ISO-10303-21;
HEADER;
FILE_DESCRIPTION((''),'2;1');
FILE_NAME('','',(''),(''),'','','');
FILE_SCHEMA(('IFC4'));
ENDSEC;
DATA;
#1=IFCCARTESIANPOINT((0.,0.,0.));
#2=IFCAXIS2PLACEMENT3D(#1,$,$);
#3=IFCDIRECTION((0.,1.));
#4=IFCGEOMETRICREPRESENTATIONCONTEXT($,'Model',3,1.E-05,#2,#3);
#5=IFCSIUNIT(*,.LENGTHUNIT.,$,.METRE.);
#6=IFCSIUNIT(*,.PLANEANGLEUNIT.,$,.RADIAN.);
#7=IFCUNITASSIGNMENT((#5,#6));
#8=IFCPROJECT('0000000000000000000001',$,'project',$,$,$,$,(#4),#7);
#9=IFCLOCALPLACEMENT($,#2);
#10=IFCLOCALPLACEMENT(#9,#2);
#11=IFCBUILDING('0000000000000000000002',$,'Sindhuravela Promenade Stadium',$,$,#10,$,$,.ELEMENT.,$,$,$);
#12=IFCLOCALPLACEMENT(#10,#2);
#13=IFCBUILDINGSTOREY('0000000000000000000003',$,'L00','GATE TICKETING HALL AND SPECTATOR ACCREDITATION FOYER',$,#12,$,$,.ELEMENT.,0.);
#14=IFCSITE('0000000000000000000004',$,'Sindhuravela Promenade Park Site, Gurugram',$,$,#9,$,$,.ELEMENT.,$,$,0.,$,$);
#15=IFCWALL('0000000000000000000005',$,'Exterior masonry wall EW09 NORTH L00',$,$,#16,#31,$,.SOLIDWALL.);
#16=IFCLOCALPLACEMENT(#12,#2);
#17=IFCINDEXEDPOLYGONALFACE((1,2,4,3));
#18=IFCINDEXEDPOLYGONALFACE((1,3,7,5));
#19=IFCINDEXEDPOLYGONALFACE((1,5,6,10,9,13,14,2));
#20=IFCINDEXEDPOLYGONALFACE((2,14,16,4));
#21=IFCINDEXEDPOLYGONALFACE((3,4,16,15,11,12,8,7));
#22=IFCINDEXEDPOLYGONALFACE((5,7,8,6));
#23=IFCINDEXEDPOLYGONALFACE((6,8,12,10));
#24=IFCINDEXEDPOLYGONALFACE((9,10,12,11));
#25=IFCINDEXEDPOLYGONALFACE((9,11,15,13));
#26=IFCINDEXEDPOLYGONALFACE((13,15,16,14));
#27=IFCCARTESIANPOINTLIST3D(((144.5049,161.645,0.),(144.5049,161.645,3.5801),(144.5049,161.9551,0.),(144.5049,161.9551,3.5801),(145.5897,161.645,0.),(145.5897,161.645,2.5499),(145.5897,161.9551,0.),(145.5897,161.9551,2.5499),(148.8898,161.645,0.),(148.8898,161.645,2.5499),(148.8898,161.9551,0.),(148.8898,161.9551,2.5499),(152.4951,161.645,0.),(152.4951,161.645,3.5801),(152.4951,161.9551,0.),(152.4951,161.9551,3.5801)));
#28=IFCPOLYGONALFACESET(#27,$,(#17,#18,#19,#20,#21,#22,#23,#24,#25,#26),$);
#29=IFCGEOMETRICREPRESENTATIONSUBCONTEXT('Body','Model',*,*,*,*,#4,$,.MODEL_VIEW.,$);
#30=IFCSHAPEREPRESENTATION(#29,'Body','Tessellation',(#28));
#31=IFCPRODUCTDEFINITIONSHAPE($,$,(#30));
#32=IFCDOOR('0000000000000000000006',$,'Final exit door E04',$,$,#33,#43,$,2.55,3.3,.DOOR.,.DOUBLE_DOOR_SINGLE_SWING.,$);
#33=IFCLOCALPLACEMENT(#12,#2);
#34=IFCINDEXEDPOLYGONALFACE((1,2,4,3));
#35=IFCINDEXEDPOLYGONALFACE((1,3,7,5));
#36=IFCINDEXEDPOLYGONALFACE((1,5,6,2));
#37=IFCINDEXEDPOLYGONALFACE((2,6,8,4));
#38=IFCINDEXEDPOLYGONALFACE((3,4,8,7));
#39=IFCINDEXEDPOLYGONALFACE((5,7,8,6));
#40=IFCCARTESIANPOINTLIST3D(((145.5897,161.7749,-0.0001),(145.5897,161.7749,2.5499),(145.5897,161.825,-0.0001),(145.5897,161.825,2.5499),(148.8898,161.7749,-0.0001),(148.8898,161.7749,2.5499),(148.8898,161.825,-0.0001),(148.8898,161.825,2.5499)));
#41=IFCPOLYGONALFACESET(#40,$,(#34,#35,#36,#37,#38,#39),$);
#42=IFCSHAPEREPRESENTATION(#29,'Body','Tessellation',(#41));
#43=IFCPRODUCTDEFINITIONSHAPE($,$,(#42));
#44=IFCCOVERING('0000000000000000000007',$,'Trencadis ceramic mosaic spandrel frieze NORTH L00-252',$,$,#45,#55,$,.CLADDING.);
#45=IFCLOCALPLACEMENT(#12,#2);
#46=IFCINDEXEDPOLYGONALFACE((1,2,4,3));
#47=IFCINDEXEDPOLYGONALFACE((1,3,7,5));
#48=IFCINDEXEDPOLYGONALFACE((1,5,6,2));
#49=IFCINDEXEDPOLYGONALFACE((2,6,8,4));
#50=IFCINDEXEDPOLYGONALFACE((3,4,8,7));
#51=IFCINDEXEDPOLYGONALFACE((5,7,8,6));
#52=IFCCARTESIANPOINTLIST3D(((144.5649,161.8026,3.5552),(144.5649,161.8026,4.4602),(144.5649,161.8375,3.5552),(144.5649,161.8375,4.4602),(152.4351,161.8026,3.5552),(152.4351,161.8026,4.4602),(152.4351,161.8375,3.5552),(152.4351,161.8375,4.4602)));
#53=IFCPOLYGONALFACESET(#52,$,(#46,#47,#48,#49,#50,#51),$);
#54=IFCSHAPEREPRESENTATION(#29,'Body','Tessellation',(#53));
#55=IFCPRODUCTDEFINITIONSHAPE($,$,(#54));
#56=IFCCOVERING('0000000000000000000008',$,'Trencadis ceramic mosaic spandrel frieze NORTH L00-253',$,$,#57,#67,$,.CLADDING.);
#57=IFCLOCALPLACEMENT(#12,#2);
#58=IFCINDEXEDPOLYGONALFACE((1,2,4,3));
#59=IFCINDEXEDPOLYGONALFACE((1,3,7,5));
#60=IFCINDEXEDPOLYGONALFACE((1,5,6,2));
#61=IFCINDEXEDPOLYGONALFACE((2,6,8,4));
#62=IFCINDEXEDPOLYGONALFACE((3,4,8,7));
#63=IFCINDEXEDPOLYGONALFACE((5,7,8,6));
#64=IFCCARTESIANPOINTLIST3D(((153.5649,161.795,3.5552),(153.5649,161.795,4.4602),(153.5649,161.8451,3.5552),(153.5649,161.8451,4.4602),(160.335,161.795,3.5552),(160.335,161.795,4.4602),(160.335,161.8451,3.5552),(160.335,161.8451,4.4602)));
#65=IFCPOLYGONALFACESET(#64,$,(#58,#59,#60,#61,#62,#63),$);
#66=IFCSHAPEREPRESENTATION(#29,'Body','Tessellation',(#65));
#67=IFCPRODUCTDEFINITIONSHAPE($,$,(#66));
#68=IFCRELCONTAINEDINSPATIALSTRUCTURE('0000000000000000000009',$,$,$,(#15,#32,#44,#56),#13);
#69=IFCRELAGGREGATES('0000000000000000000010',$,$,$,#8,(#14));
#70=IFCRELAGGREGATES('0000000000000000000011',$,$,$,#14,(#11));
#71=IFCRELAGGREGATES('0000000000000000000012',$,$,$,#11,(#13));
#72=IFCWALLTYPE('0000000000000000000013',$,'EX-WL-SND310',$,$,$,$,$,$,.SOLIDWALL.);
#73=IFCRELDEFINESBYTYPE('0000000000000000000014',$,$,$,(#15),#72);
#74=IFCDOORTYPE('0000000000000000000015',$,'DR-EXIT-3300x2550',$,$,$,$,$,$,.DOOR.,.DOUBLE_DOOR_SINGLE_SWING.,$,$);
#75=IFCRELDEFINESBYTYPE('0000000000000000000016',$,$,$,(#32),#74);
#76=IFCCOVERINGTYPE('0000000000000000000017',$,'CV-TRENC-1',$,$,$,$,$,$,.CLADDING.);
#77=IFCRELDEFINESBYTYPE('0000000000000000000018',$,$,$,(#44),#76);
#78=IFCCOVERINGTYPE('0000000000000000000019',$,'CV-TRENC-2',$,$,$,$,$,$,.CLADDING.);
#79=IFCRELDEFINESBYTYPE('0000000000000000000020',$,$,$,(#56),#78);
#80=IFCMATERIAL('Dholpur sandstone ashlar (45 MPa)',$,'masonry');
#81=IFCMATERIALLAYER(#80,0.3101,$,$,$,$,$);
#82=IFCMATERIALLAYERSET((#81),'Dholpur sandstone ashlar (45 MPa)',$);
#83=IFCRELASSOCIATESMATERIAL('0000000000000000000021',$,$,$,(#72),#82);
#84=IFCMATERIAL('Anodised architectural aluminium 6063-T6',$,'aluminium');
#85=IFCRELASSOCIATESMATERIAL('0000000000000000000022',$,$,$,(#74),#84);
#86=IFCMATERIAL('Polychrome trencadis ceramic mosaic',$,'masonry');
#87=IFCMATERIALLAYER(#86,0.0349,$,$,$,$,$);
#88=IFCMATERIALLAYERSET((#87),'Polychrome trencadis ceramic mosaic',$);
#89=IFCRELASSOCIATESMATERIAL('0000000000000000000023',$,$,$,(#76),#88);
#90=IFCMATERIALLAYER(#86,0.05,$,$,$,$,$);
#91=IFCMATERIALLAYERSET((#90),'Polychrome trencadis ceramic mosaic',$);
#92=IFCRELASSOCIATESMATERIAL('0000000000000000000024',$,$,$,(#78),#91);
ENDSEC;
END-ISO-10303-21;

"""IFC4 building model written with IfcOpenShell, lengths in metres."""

from ifc_helpers import new_model, si_unit, direction, frame, frame_2d, origin, origin_2d, place, context, subcontext, project, spatial, rectangle, extrude, material, layer, layer_set, type_object, element, fill, save


model = new_model("IFC4")

# Units and contexts
model_context = context("Model", 3, precision=1e-05, world=origin(), true_north=direction((0.0, 1.0)))
body_context = subcontext(model_context, "Body", "Model", "MODEL_VIEW")
ifc_project = project(units=[si_unit("LENGTHUNIT", "METRE"), si_unit("PLANEANGLEUNIT", "RADIAN")], contexts=[model_context])

# Site, building, storey
site_placement = place(None, origin())
site = spatial("IfcSite", under=ifc_project, at=site_placement, Name="Sindhuravela Promenade Park Site, Gurugram", CompositionType="ELEMENT", RefElevation=0.0)
building_placement = place(site_placement, origin())
building = spatial("IfcBuilding", under=site, at=building_placement, Name="Sindhuravela Promenade Stadium", CompositionType="ELEMENT")
storey_placement = place(building_placement, origin())
storey = spatial("IfcBuildingStorey", under=building, at=storey_placement, Name="L00", Description="GATE TICKETING HALL AND SPECTATOR ACCREDITATION FOYER", CompositionType="ELEMENT", Elevation=0.0)

# Wall, opening, door
ifc_material_1 = material(Name="Dholpur sandstone ashlar (45 MPa)", Category="masonry")
ifc_material_2 = material(Name="Anodised architectural aluminium 6063-T6", Category="aluminium")
ifc_layer_1 = layer(ifc_material_1, 0.3101)
ifc_layer_set_1 = layer_set([ifc_layer_1], Name="Dholpur sandstone ashlar (45 MPa)")
wall_type_1 = type_object("IfcWallType", Name="EX-WL-SND310", PredefinedType="SOLIDWALL", material=ifc_layer_set_1)
wall_1_placement = place(storey_placement, frame((144.5049, 161.8, 0.0), z_axis=(0.0, 0.0, 1.0), x_axis=(1.0, 0.0, 0.0)))
wall_1 = element("IfcWall", 1, at=wall_1_placement, inside=storey, type_object=wall_type_1, Name="Exterior masonry wall EW09 NORTH L00", PredefinedType="SOLIDWALL", context=body_context, shape_type="SweptSolid", body=[
    extrude(rectangle(XDim=7.9902, YDim=0.3101, at=frame_2d((3.9951, 0.0))), origin(), (0.0, 0.0, 1.0), 3.5801),
])
opening_1_placement = place(wall_1_placement, frame((1.085, 0.0, 0.0)))
opening_1 = element("IfcOpeningElement", 2, at=opening_1_placement, cuts=wall_1, PredefinedType="OPENING", context=body_context, shape_type="SweptSolid", body=[
    extrude(rectangle(XDim=3.3, YDim=2.55, at=frame_2d((1.6499, 1.2749))), frame((0.0, 0.165, 0.0), z_axis=(0.0, -1.0, 0.0), x_axis=(1.0, 0.0, 0.0)), (0.0, 0.0, 1.0), 0.3301),
])
door_type_1 = type_object("IfcDoorType", Name="DR-EXIT-3300x2550", OperationType="DOUBLE_DOOR_SINGLE_SWING", PredefinedType="DOOR", material=ifc_material_2)
door_1_placement = place(opening_1_placement, origin())
door_1 = element("IfcDoor", 3, at=door_1_placement, inside=storey, type_object=door_type_1, Name="Final exit door E04", OperationType="DOUBLE_DOOR_SINGLE_SWING", OverallHeight=2.55, OverallWidth=3.3, PredefinedType="DOOR", context=body_context, shape_type="SweptSolid", body=[
    extrude(rectangle(XDim=3.3, YDim=2.55, at=frame_2d((1.6499, 1.2749))), frame((0.0, 0.0249, 0.0), z_axis=(0.0, -1.0, 0.0), x_axis=(1.0, 0.0, 0.0)), (0.0, 0.0, 1.0), 0.05),
])
fill(opening_1, door_1)

# Coverings
ifc_material_3 = material(Name="Polychrome trencadis ceramic mosaic", Category="masonry")
ifc_layer_2 = layer(ifc_material_3, 0.0349)
ifc_layer_set_2 = layer_set([ifc_layer_2], Name="Polychrome trencadis ceramic mosaic")
covering_type_1 = type_object("IfcCoveringType", Name="CV-TRENC-1", PredefinedType="CLADDING", material=ifc_layer_set_2)
covering_1_placement = place(storey_placement, frame((148.5, 161.8201, 3.5552), z_axis=(0.0, 0.0, 1.0), x_axis=(1.0, 0.0, 0.0)))
element("IfcCovering", 4, at=covering_1_placement, inside=storey, type_object=covering_type_1, Name="Trencadis ceramic mosaic spandrel frieze NORTH L00-252", PredefinedType="CLADDING", context=body_context, shape_type="SweptSolid", body=[
    extrude(rectangle(XDim=7.8701, YDim=0.0349, at=origin_2d()), origin(), (0.0, 0.0, 1.0), 0.905),
])
ifc_layer_3 = layer(ifc_material_3, 0.05)
ifc_layer_set_3 = layer_set([ifc_layer_3], Name="Polychrome trencadis ceramic mosaic")
covering_type_2 = type_object("IfcCoveringType", Name="CV-TRENC-2", PredefinedType="CLADDING", material=ifc_layer_set_3)
covering_2_placement = place(storey_placement, frame((156.95, 161.8201, 3.5552), z_axis=(0.0, 0.0, 1.0), x_axis=(1.0, 0.0, 0.0)))
element("IfcCovering", 5, at=covering_2_placement, inside=storey, type_object=covering_type_2, Name="Trencadis ceramic mosaic spandrel frieze NORTH L00-253", PredefinedType="CLADDING", context=body_context, shape_type="SweptSolid", body=[
    extrude(rectangle(XDim=6.77, YDim=0.05, at=origin_2d()), origin(), (0.0, 0.0, 1.0), 0.905),
])

save(model, "model.ifc")
